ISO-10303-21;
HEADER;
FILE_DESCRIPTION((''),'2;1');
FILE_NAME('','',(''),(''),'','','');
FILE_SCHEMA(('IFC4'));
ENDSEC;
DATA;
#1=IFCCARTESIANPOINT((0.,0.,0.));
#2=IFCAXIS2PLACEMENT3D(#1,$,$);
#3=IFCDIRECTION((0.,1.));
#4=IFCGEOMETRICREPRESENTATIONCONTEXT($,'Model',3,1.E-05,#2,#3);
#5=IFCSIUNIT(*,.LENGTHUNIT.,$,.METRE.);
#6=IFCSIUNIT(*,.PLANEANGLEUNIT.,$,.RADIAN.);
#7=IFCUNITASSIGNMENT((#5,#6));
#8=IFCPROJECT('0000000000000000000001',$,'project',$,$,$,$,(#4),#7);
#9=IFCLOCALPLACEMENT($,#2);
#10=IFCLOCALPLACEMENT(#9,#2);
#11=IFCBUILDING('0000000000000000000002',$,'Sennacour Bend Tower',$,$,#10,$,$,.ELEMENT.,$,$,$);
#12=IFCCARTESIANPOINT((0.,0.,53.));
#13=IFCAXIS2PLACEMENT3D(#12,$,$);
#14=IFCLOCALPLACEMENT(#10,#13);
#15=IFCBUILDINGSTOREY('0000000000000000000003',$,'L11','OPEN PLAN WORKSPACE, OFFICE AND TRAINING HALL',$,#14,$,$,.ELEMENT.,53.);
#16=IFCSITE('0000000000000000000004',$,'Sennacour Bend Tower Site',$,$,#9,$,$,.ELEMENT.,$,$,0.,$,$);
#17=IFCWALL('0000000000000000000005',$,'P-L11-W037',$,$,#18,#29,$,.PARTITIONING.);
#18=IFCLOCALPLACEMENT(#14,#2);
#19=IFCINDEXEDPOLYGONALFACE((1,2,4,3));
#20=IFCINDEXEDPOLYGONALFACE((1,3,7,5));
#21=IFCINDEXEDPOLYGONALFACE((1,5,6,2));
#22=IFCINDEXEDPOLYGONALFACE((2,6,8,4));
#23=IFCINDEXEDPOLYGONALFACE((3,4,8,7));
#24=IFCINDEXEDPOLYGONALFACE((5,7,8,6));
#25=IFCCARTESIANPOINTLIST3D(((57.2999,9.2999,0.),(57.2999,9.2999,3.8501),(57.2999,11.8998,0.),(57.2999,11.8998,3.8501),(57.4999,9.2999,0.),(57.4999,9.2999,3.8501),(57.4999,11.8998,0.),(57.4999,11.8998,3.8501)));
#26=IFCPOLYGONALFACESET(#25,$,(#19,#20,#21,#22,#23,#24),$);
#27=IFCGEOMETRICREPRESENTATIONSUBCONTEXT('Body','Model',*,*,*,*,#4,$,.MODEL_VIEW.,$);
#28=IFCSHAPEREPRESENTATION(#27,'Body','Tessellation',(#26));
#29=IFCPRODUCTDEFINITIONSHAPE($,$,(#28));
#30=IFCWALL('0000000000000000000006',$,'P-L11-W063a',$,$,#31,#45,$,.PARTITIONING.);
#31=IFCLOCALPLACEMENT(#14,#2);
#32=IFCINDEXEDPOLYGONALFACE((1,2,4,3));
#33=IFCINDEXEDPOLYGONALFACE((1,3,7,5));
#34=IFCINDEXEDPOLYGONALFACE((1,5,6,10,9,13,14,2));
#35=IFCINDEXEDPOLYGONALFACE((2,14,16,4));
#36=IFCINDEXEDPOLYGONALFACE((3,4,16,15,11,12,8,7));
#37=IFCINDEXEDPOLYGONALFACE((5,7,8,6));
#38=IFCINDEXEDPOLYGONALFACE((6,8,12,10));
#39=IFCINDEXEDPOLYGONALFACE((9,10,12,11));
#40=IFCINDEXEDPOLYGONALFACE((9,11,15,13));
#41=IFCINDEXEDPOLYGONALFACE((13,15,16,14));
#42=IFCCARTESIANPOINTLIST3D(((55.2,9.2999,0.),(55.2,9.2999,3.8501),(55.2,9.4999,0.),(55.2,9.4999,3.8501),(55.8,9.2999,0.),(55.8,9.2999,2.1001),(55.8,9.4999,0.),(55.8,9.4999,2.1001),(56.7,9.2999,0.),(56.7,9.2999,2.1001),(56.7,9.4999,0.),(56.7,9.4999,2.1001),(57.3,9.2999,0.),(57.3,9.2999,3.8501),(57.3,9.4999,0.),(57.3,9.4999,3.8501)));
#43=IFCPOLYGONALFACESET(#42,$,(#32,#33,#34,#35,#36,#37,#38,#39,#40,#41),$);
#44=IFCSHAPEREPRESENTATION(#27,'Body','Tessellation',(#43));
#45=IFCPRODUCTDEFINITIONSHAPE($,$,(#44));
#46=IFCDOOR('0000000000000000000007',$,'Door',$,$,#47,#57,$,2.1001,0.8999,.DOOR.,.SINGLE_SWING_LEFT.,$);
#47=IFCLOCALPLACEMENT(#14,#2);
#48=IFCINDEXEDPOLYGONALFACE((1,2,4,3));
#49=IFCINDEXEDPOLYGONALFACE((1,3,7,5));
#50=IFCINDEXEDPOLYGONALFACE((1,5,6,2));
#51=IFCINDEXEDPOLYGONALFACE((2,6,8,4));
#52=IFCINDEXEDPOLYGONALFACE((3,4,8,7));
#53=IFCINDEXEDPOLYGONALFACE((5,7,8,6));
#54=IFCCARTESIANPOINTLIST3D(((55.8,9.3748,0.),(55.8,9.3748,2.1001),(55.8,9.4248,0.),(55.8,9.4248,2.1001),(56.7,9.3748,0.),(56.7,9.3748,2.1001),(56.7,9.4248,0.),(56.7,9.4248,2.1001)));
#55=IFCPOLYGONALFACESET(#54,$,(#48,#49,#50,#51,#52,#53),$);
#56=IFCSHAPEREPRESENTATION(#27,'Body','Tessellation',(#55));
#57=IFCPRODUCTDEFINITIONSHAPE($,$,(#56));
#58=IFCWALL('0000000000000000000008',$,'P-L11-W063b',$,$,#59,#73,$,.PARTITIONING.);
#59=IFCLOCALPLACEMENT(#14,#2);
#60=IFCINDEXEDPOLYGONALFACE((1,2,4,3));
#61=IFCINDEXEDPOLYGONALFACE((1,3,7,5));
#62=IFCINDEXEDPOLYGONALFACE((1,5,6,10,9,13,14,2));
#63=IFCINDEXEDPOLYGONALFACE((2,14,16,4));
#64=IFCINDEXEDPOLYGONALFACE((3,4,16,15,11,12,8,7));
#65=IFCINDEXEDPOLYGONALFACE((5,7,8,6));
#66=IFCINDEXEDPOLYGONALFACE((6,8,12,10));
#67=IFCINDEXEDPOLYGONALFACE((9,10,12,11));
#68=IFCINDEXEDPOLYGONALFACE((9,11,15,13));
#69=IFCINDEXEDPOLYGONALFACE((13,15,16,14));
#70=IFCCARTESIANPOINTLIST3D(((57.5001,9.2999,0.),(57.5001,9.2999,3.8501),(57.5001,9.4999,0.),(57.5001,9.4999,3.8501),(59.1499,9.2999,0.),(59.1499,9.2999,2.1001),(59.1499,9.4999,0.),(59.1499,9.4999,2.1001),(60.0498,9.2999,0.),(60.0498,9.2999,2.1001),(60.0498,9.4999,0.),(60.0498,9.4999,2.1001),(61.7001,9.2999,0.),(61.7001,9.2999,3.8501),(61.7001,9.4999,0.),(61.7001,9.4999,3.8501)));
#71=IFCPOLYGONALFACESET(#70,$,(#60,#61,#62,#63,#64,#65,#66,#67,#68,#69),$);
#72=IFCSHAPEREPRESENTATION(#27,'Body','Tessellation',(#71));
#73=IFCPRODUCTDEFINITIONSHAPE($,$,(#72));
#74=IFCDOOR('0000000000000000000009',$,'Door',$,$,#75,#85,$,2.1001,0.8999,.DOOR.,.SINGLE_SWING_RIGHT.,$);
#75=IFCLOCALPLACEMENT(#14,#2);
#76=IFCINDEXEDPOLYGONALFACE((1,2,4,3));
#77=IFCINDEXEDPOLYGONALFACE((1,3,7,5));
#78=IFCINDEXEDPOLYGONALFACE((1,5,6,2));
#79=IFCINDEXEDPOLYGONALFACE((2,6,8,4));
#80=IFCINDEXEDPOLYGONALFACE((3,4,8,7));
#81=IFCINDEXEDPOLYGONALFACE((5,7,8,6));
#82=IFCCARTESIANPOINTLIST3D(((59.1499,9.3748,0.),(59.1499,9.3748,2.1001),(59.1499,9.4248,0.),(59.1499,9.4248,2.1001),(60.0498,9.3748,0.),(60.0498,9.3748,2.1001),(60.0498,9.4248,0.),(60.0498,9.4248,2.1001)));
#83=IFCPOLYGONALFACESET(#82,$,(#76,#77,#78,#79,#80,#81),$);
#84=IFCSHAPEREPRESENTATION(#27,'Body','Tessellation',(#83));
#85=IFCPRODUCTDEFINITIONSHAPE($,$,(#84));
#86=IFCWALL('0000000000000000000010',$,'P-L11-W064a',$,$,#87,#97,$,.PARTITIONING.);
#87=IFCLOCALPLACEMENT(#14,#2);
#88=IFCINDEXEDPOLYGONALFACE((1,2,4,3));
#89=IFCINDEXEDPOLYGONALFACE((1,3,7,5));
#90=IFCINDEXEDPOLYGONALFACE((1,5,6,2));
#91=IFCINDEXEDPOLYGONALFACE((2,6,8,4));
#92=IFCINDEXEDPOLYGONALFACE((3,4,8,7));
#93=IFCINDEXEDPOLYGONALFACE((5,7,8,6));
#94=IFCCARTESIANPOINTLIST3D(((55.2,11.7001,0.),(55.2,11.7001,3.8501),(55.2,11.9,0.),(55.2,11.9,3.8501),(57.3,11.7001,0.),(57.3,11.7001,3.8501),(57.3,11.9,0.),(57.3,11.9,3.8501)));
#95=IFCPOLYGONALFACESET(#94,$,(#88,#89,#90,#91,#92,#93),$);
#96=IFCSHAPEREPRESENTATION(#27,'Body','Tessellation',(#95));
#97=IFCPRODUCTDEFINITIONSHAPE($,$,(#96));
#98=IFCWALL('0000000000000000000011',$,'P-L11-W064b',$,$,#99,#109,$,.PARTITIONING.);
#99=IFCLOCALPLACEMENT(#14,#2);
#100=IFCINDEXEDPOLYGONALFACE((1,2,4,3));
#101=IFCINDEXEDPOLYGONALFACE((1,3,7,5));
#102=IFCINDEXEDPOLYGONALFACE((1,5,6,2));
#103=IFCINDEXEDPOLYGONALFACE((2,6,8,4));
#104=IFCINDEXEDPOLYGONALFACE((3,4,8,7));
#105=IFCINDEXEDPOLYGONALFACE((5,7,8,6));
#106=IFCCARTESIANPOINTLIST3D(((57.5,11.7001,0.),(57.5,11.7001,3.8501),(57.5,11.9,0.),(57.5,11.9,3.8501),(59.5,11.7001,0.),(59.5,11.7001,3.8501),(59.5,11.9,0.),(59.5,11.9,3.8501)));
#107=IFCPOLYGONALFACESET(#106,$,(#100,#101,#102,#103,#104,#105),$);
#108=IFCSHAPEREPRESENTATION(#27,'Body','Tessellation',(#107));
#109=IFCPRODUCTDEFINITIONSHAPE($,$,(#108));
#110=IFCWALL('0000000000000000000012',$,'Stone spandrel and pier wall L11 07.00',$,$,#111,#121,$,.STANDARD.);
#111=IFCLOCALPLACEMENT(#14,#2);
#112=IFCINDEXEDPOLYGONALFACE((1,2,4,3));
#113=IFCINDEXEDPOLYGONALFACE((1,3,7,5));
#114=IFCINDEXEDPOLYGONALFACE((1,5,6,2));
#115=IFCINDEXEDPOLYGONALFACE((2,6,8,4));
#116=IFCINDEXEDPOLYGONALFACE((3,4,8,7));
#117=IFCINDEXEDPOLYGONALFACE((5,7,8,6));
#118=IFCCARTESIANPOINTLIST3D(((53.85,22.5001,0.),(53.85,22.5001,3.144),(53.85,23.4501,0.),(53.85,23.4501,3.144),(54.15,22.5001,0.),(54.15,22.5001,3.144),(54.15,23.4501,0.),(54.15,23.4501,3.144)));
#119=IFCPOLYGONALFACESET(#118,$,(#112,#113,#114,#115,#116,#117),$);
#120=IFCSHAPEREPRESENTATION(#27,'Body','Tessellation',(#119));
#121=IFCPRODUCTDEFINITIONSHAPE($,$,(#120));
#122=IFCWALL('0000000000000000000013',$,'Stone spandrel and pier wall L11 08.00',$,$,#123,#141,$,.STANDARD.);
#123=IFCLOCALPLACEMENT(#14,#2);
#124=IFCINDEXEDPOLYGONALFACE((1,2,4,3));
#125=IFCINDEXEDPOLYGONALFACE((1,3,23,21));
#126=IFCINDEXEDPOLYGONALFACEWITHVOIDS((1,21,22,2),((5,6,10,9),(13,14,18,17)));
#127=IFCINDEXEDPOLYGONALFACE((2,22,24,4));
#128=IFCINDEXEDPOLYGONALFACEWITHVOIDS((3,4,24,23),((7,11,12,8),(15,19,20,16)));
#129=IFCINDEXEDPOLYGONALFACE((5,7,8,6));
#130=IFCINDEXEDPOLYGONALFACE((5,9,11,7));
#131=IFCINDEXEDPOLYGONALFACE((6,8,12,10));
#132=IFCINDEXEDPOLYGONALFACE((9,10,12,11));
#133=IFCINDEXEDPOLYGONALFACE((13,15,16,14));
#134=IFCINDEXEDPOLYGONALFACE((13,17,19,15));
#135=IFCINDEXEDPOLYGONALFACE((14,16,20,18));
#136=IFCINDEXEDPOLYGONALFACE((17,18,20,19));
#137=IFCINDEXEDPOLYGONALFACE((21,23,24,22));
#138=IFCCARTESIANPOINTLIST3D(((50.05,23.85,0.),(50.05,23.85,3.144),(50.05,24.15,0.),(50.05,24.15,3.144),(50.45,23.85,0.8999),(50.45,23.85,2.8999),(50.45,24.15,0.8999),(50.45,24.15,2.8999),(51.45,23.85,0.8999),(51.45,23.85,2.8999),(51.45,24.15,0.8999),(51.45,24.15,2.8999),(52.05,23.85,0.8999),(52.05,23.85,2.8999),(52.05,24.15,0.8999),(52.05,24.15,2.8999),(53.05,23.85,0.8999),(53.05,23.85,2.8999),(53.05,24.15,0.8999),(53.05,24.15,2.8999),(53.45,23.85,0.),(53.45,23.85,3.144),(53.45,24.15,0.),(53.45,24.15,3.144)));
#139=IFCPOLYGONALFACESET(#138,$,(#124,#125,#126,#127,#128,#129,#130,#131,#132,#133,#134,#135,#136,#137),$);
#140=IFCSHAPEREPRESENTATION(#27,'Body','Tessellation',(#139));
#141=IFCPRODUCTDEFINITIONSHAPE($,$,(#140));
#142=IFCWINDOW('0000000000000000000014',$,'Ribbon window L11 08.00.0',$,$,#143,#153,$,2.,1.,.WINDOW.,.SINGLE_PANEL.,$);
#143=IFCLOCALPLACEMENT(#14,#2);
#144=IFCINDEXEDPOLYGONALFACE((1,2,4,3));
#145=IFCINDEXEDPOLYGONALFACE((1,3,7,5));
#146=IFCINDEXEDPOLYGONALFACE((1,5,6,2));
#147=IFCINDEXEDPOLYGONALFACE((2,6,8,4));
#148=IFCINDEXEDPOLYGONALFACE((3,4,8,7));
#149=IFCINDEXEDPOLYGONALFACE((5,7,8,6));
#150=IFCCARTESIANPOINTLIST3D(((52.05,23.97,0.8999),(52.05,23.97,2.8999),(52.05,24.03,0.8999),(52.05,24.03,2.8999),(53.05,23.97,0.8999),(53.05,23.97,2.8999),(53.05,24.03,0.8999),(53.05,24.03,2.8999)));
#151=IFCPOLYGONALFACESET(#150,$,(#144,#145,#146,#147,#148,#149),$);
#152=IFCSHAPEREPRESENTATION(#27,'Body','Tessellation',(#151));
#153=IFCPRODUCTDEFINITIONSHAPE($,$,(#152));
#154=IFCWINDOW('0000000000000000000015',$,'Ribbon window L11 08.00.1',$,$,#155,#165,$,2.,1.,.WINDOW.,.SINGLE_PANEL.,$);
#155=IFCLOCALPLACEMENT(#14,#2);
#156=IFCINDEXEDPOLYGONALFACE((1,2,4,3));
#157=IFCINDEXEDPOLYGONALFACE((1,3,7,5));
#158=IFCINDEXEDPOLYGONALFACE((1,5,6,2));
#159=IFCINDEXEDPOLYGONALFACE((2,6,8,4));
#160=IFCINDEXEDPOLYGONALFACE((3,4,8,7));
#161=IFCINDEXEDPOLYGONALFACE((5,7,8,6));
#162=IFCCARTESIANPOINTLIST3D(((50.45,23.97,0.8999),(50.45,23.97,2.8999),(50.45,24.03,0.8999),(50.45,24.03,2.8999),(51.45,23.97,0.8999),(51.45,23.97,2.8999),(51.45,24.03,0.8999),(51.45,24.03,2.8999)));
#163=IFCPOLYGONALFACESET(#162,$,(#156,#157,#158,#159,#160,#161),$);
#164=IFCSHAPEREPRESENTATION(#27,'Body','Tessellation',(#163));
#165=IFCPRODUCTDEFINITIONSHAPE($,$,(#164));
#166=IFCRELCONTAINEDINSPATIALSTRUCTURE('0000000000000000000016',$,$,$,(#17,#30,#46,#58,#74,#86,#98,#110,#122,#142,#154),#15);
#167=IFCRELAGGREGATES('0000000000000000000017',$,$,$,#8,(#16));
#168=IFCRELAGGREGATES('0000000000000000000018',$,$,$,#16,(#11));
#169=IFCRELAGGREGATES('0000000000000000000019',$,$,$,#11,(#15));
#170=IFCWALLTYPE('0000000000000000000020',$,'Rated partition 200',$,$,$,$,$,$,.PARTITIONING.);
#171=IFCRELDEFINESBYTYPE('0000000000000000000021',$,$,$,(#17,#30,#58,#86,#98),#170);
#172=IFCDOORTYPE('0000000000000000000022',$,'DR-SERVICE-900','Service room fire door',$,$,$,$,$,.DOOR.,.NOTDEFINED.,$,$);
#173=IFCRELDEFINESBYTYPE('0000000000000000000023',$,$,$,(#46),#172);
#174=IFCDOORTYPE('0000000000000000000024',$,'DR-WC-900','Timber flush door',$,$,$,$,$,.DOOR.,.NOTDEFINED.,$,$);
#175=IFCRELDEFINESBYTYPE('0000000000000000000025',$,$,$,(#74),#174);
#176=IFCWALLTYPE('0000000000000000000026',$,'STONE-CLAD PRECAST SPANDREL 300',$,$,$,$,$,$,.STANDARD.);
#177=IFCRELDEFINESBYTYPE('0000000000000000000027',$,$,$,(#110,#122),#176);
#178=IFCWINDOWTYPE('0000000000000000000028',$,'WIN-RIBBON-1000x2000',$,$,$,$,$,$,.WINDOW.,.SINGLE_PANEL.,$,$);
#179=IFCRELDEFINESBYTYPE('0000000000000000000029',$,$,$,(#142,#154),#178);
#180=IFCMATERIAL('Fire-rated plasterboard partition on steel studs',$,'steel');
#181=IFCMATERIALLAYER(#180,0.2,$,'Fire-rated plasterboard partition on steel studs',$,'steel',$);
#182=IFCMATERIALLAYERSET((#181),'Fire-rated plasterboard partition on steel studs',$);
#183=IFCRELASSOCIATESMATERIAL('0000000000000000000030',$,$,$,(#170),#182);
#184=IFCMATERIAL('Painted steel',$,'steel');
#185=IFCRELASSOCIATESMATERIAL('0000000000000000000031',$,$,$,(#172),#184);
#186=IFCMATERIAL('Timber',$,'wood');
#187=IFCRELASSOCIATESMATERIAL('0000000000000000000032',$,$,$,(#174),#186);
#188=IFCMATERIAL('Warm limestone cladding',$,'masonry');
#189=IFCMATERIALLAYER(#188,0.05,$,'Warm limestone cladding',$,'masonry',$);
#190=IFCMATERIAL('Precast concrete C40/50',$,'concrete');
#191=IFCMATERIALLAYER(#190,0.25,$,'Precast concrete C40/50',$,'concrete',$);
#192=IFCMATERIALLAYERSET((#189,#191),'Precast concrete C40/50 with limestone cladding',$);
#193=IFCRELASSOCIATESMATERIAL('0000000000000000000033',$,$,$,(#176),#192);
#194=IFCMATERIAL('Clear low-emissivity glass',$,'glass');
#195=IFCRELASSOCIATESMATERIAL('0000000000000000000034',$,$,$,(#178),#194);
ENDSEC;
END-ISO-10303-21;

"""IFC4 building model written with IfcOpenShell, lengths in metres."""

from ifc_helpers import new_model, si_unit, direction, frame, frame_2d, origin, place, context, subcontext, project, spatial, rectangle, extrude, material, layer, layer_set, type_object, element, fill, save


model = new_model("IFC4")

# Units and contexts
model_context = context("Model", 3, precision=1e-05, world=origin(), true_north=direction((0.0, 1.0)))
body_context = subcontext(model_context, "Body", "Model", "MODEL_VIEW")
ifc_project = project(units=[si_unit("LENGTHUNIT", "METRE"), si_unit("PLANEANGLEUNIT", "RADIAN")], contexts=[model_context])

# Site, building, storey
site_placement = place(None, origin())
site = spatial("IfcSite", under=ifc_project, at=site_placement, Name="Sennacour Bend Tower Site", CompositionType="ELEMENT", RefElevation=0.0)
building_placement = place(site_placement, origin())
building = spatial("IfcBuilding", under=site, at=building_placement, Name="Sennacour Bend Tower", CompositionType="ELEMENT")
storey_placement = place(building_placement, frame((0.0, 0.0, 53.0)))
storey = spatial("IfcBuildingStorey", under=building, at=storey_placement, Name="L11", Description="OPEN PLAN WORKSPACE, OFFICE AND TRAINING HALL", CompositionType="ELEMENT", Elevation=53.0)

# Wall
ifc_material_1 = material(Name="Fire-rated plasterboard partition on steel studs", Category="steel")
ifc_layer_1 = layer(ifc_material_1, 0.2, Name="Fire-rated plasterboard partition on steel studs", Category="steel")
ifc_layer_set_1 = layer_set([ifc_layer_1], Name="Fire-rated plasterboard partition on steel studs")
wall_type_1 = type_object("IfcWallType", Name="Rated partition 200", PredefinedType="PARTITIONING", material=ifc_layer_set_1)
wall_1_placement = place(storey_placement, frame((57.3999, 9.3, 0.0), z_axis=(0.0, 0.0, 1.0), x_axis=(0.0, 1.0, 0.0)))
element("IfcWall", 1, at=wall_1_placement, inside=storey, type_object=wall_type_1, Name="P-L11-W037", PredefinedType="PARTITIONING", context=body_context, shape_type="SweptSolid", body=[
    extrude(rectangle(XDim=2.5999, YDim=0.2, at=frame_2d((1.2998, 0.0))), origin(), (0.0, 0.0, 1.0), 3.8501),
])

# Walls, openings, doors
wall_2_placement = place(storey_placement, frame((55.2, 9.3999, 0.0), z_axis=(0.0, 0.0, 1.0), x_axis=(1.0, 0.0, 0.0)))
wall_2 = element("IfcWall", 2, at=wall_2_placement, inside=storey, type_object=wall_type_1, Name="P-L11-W063a", PredefinedType="PARTITIONING", context=body_context, shape_type="SweptSolid", body=[
    extrude(rectangle(XDim=2.1001, YDim=0.2, at=frame_2d((1.05, 0.0))), origin(), (0.0, 0.0, 1.0), 3.8501),
])
opening_1_placement = place(wall_2_placement, frame((0.6001, 0.0, 0.0)))
opening_1 = element("IfcOpeningElement", 3, at=opening_1_placement, cuts=wall_2, PredefinedType="OPENING", context=body_context, shape_type="SweptSolid", body=[
    extrude(rectangle(XDim=0.8999, YDim=2.1001, at=frame_2d((0.45, 1.05))), frame((0.0, 0.1099, 0.0), z_axis=(0.0, -1.0, 0.0), x_axis=(1.0, 0.0, 0.0)), (0.0, 0.0, 1.0), 0.22),
])
ifc_material_2 = material(Name="Painted steel", Category="steel")
door_type_1 = type_object("IfcDoorType", Name="DR-SERVICE-900", Description="Service room fire door", OperationType="NOTDEFINED", PredefinedType="DOOR", material=ifc_material_2)
door_1_placement = place(opening_1_placement, origin())
door_1 = element("IfcDoor", 4, at=door_1_placement, inside=storey, type_object=door_type_1, Name="Door", OperationType="SINGLE_SWING_LEFT", OverallHeight=2.1001, OverallWidth=0.8999, PredefinedType="DOOR", context=body_context, shape_type="SweptSolid", body=[
    extrude(rectangle(XDim=0.8999, YDim=2.1001, at=frame_2d((0.45, 1.05))), frame((0.0, 0.0249, 0.0), z_axis=(0.0, -1.0, 0.0), x_axis=(1.0, 0.0, 0.0)), (0.0, 0.0, 1.0), 0.05),
])
fill(opening_1, door_1)
wall_3_placement = place(storey_placement, frame((57.5, 9.3999, 0.0), z_axis=(0.0, 0.0, 1.0), x_axis=(1.0, 0.0, 0.0)))
wall_3 = element("IfcWall", 5, at=wall_3_placement, inside=storey, type_object=wall_type_1, Name="P-L11-W063b", PredefinedType="PARTITIONING", context=body_context, shape_type="SweptSolid", body=[
    extrude(rectangle(XDim=4.2, YDim=0.2, at=frame_2d((2.1001, 0.0))), origin(), (0.0, 0.0, 1.0), 3.8501),
])
opening_2_placement = place(wall_3_placement, frame((1.6499, 0.0, 0.0)))
opening_2 = element("IfcOpeningElement", 6, at=opening_2_placement, cuts=wall_3, PredefinedType="OPENING", context=body_context, shape_type="SweptSolid", body=[
    extrude(rectangle(XDim=0.8999, YDim=2.1001, at=frame_2d((0.45, 1.05))), frame((0.0, 0.1099, 0.0), z_axis=(0.0, -1.0, 0.0), x_axis=(1.0, 0.0, 0.0)), (0.0, 0.0, 1.0), 0.22),
])
ifc_material_3 = material(Name="Timber", Category="wood")
door_type_2 = type_object("IfcDoorType", Name="DR-WC-900", Description="Timber flush door", OperationType="NOTDEFINED", PredefinedType="DOOR", material=ifc_material_3)
door_2_placement = place(opening_2_placement, origin())
door_2 = element("IfcDoor", 7, at=door_2_placement, inside=storey, type_object=door_type_2, Name="Door", OperationType="SINGLE_SWING_RIGHT", OverallHeight=2.1001, OverallWidth=0.8999, PredefinedType="DOOR", context=body_context, shape_type="SweptSolid", body=[
    extrude(rectangle(XDim=0.8999, YDim=2.1001, at=frame_2d((0.45, 1.05))), frame((0.0, 0.0249, 0.0), z_axis=(0.0, -1.0, 0.0), x_axis=(1.0, 0.0, 0.0)), (0.0, 0.0, 1.0), 0.05),
])
fill(opening_2, door_2)

# Walls
wall_4_placement = place(storey_placement, frame((55.2, 11.8, 0.0), z_axis=(0.0, 0.0, 1.0), x_axis=(1.0, 0.0, 0.0)))
element("IfcWall", 8, at=wall_4_placement, inside=storey, type_object=wall_type_1, Name="P-L11-W064a", PredefinedType="PARTITIONING", context=body_context, shape_type="SweptSolid", body=[
    extrude(rectangle(XDim=2.1001, YDim=0.2, at=frame_2d((1.05, 0.0))), origin(), (0.0, 0.0, 1.0), 3.8501),
])
wall_5_placement = place(storey_placement, frame((57.5, 11.8, 0.0), z_axis=(0.0, 0.0, 1.0), x_axis=(1.0, 0.0, 0.0)))
element("IfcWall", 9, at=wall_5_placement, inside=storey, type_object=wall_type_1, Name="P-L11-W064b", PredefinedType="PARTITIONING", context=body_context, shape_type="SweptSolid", body=[
    extrude(rectangle(XDim=2.0, YDim=0.2, at=frame_2d((1.0, 0.0))), origin(), (0.0, 0.0, 1.0), 3.8501),
])
ifc_material_4 = material(Name="Warm limestone cladding", Category="masonry")
ifc_layer_2 = layer(ifc_material_4, 0.05, Name="Warm limestone cladding", Category="masonry")
ifc_material_5 = material(Name="Precast concrete C40/50", Category="concrete")
ifc_layer_3 = layer(ifc_material_5, 0.25, Name="Precast concrete C40/50", Category="concrete")
ifc_layer_set_2 = layer_set([ifc_layer_2, ifc_layer_3], Name="Precast concrete C40/50 with limestone cladding")
wall_type_2 = type_object("IfcWallType", Name="STONE-CLAD PRECAST SPANDREL 300", PredefinedType="STANDARD", material=ifc_layer_set_2)
wall_6_placement = place(storey_placement, frame((54.0, 22.5, 0.0), z_axis=(0.0, 0.0, 1.0), x_axis=(0.0, 1.0, 0.0)))
element("IfcWall", 10, at=wall_6_placement, inside=storey, type_object=wall_type_2, Name="Stone spandrel and pier wall L11 07.00", PredefinedType="STANDARD", context=body_context, shape_type="SweptSolid", body=[
    extrude(rectangle(XDim=0.95, YDim=0.3, at=frame_2d((0.4751, 0.0))), origin(), (0.0, 0.0, 1.0), 3.144),
])

# Wall, openings, windows
wall_7_placement = place(storey_placement, frame((53.45, 24.0, 0.0), z_axis=(0.0, 0.0, 1.0), x_axis=(-1.0, 0.0, 0.0)))
wall_7 = element("IfcWall", 11, at=wall_7_placement, inside=storey, type_object=wall_type_2, Name="Stone spandrel and pier wall L11 08.00", PredefinedType="STANDARD", context=body_context, shape_type="SweptSolid", body=[
    extrude(rectangle(XDim=3.3999, YDim=0.3, at=frame_2d((1.7, 0.0))), origin(), (0.0, 0.0, 1.0), 3.144),
])
opening_3_placement = place(wall_7_placement, frame((0.3999, 0.0, 0.8999)))
opening_3 = element("IfcOpeningElement", 12, at=opening_3_placement, cuts=wall_7, PredefinedType="OPENING", context=body_context, shape_type="SweptSolid", body=[
    extrude(rectangle(XDim=1.0, YDim=2.0, at=frame_2d((0.5, 1.0))), frame((0.0, 0.1602, 0.0), z_axis=(0.0, -1.0, 0.0), x_axis=(1.0, 0.0, 0.0)), (0.0, 0.0, 1.0), 0.3201),
])
opening_4_placement = place(wall_7_placement, frame((2.0, 0.0, 0.8999)))
opening_4 = element("IfcOpeningElement", 13, at=opening_4_placement, cuts=wall_7, PredefinedType="OPENING", context=body_context, shape_type="SweptSolid", body=[
    extrude(rectangle(XDim=1.0, YDim=2.0, at=frame_2d((0.5, 1.0))), frame((0.0, 0.1602, 0.0), z_axis=(0.0, -1.0, 0.0), x_axis=(1.0, 0.0, 0.0)), (0.0, 0.0, 1.0), 0.3201),
])
ifc_material_6 = material(Name="Clear low-emissivity glass", Category="glass")
window_type = type_object("IfcWindowType", Name="WIN-RIBBON-1000x2000", PartitioningType="SINGLE_PANEL", PredefinedType="WINDOW", material=ifc_material_6)
window_1_placement = place(opening_3_placement, origin())
window_1 = element("IfcWindow", 14, at=window_1_placement, inside=storey, type_object=window_type, Name="Ribbon window L11 08.00.0", OverallHeight=2.0, OverallWidth=1.0, PartitioningType="SINGLE_PANEL", PredefinedType="WINDOW", context=body_context, shape_type="SweptSolid", body=[
    extrude(rectangle(XDim=1.0, YDim=2.0, at=frame_2d((0.5, 1.0))), frame((0.0, 0.03, 0.0), z_axis=(0.0, -1.0, 0.0), x_axis=(1.0, 0.0, 0.0)), (0.0, 0.0, 1.0), 0.0601),
])
fill(opening_3, window_1)
window_2_placement = place(opening_4_placement, origin())
window_2 = element("IfcWindow", 15, at=window_2_placement, inside=storey, type_object=window_type, Name="Ribbon window L11 08.00.1", OverallHeight=2.0, OverallWidth=1.0, PartitioningType="SINGLE_PANEL", PredefinedType="WINDOW", context=body_context, shape_type="SweptSolid", body=[
    extrude(rectangle(XDim=1.0, YDim=2.0, at=frame_2d((0.5, 1.0))), frame((0.0, 0.03, 0.0), z_axis=(0.0, -1.0, 0.0), x_axis=(1.0, 0.0, 0.0)), (0.0, 0.0, 1.0), 0.0601),
])
fill(opening_4, window_2)

save(model, "model.ifc")
